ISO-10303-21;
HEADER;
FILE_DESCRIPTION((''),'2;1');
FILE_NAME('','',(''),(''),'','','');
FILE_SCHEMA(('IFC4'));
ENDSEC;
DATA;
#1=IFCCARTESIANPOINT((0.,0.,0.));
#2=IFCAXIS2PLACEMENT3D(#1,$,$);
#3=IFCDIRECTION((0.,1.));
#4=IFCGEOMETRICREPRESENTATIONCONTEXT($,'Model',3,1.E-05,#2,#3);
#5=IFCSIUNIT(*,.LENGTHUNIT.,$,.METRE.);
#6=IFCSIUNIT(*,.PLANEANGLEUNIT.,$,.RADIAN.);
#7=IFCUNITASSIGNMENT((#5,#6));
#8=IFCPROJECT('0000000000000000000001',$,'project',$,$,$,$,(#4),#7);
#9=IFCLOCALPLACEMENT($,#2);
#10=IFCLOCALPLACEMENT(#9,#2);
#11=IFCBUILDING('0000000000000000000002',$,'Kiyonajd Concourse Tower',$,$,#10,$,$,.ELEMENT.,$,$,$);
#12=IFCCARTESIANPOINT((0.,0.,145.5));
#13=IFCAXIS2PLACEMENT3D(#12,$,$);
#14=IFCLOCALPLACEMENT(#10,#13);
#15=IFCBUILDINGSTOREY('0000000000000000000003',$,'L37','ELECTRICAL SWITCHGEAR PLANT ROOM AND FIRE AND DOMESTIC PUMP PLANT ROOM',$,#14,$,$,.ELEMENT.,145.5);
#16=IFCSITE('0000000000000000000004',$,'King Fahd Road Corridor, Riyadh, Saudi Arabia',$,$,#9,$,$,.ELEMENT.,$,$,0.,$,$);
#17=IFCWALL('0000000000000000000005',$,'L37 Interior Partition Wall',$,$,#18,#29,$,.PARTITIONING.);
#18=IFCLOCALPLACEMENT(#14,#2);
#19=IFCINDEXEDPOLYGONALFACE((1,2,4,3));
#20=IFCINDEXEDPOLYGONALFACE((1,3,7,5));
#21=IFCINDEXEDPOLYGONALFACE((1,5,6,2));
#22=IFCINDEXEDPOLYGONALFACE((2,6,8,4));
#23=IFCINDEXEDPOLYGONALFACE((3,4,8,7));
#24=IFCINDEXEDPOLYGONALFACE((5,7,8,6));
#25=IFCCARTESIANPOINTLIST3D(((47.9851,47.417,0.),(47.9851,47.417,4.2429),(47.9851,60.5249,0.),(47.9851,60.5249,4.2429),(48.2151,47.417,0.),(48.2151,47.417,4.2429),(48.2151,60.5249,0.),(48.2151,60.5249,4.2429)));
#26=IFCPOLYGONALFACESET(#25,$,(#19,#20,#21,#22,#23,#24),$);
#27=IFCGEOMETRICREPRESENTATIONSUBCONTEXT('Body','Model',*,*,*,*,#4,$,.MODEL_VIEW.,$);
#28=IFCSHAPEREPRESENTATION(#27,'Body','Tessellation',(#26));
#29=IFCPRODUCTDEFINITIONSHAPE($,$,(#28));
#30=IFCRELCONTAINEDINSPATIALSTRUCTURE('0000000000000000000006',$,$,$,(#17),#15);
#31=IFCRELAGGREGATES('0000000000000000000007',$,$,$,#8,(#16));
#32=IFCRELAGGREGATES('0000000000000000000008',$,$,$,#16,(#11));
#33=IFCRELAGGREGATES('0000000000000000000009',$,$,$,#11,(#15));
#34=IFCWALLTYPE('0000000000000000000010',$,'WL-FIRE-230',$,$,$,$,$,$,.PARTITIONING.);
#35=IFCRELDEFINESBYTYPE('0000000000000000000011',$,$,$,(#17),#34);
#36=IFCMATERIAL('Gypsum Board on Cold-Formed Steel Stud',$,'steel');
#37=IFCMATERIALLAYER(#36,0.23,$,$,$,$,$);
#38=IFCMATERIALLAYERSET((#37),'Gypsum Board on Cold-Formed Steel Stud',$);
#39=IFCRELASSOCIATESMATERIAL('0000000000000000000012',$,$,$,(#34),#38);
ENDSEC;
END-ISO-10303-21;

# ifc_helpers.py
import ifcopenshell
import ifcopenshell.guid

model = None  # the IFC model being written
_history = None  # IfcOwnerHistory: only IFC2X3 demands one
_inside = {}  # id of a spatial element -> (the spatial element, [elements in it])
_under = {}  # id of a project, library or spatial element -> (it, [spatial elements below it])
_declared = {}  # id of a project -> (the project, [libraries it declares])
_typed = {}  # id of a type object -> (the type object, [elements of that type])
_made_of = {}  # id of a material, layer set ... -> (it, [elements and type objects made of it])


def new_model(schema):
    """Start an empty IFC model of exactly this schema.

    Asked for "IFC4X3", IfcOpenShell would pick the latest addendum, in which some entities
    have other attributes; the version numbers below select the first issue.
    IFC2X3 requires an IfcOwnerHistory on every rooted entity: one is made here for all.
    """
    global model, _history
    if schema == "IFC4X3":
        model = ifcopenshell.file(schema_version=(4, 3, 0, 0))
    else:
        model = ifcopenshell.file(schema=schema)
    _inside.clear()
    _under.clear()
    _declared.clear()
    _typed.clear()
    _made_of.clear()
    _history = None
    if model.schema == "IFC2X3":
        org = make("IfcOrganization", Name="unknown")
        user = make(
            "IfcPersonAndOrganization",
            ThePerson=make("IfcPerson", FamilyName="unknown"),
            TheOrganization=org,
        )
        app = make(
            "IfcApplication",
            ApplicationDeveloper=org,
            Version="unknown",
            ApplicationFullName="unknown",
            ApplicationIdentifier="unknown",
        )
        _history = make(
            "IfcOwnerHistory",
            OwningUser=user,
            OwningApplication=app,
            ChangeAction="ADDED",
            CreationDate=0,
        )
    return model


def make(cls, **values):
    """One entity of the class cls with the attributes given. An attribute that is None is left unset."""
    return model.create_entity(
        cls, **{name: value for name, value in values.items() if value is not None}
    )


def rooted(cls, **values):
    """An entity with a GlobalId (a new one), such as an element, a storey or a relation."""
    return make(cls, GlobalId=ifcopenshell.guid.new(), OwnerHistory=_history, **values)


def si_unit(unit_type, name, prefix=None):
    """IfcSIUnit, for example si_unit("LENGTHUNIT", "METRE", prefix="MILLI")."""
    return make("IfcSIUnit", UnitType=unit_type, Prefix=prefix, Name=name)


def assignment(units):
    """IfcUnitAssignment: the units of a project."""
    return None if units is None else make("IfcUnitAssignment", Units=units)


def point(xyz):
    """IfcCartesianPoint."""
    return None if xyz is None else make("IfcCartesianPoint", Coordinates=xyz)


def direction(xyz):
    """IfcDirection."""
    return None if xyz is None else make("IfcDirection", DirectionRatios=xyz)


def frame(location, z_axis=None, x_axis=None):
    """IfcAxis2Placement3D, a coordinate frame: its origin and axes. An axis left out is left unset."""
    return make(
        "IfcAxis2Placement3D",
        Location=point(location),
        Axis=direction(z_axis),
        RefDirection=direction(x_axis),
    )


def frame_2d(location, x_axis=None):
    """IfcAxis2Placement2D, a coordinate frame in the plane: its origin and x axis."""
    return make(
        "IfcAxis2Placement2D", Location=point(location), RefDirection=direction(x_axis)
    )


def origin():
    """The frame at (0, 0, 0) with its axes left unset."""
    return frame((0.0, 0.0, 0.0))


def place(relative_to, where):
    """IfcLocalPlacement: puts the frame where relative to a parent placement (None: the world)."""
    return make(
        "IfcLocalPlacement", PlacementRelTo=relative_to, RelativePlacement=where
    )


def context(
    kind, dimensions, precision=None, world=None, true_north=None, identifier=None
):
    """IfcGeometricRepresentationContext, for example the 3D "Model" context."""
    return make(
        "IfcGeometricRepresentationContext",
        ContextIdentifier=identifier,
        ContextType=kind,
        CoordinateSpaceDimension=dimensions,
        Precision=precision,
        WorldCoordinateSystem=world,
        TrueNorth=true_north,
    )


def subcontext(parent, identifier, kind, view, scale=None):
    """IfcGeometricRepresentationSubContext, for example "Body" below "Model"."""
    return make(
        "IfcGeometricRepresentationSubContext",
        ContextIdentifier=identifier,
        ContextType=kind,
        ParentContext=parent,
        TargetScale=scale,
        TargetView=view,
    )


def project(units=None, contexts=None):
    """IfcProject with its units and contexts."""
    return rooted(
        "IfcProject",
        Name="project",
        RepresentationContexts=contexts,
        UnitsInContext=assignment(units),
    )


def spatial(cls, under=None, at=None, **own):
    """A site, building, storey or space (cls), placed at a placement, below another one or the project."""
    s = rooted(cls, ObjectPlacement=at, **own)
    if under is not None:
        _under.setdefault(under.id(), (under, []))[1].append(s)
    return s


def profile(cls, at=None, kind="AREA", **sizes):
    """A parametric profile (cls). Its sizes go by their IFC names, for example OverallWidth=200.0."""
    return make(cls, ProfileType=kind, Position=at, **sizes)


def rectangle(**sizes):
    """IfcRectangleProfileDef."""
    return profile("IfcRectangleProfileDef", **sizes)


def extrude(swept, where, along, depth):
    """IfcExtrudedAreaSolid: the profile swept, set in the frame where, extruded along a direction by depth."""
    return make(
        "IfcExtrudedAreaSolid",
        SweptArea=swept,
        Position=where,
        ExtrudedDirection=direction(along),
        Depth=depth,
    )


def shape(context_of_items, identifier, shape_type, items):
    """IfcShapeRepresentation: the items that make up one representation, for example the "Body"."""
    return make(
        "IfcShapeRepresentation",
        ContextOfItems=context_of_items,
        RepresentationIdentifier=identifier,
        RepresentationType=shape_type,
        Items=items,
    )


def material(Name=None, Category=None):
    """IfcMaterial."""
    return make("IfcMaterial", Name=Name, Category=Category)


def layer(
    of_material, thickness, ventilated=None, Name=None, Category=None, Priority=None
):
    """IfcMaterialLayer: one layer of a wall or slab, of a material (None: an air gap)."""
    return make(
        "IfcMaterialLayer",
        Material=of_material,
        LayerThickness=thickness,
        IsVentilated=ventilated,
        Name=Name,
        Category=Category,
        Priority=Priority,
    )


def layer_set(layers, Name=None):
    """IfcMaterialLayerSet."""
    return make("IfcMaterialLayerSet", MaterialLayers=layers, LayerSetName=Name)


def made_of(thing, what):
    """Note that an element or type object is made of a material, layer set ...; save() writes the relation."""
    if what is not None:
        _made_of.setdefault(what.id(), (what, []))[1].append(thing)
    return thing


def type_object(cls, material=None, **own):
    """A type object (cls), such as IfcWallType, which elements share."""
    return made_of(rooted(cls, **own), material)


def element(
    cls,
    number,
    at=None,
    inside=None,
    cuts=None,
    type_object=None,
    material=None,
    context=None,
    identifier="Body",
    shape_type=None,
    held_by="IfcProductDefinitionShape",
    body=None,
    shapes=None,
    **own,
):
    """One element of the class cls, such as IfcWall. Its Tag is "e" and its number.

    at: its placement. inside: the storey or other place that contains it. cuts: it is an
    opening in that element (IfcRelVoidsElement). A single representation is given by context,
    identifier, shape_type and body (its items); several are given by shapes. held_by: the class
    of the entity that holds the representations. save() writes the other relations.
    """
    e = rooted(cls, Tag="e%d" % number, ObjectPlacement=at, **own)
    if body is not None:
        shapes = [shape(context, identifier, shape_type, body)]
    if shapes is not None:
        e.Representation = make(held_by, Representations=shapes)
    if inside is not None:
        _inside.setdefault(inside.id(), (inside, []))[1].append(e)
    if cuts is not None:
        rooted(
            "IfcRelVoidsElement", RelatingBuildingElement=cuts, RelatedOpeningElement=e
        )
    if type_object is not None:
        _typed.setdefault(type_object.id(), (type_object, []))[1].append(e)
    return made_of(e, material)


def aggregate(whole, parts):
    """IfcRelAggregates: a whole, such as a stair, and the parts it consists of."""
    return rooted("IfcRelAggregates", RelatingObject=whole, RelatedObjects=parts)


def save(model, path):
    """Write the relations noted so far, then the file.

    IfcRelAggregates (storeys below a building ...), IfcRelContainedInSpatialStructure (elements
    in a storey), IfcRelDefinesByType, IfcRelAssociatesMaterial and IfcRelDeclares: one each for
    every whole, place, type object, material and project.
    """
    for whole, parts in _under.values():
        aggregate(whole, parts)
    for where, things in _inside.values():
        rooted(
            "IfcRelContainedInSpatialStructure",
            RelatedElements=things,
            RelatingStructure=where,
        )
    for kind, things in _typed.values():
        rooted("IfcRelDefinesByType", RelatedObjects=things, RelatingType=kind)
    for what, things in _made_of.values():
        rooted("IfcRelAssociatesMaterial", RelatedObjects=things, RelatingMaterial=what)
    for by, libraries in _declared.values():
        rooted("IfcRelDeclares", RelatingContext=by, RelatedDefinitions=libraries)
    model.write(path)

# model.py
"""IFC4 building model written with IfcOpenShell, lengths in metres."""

from ifc_helpers import new_model, si_unit, direction, frame, frame_2d, origin, place, context, subcontext, project, spatial, rectangle, extrude, material, layer, layer_set, type_object, element, save


model = new_model("IFC4")

# Units and contexts
model_context = context("Model", 3, precision=1e-05, world=origin(), true_north=direction((0.0, 1.0)))
body_context = subcontext(model_context, "Body", "Model", "MODEL_VIEW")
ifc_project = project(units=[si_unit("LENGTHUNIT", "METRE"), si_unit("PLANEANGLEUNIT", "RADIAN")], contexts=[model_context])

# Site, building, storey
site_placement = place(None, origin())
site = spatial("IfcSite", under=ifc_project, at=site_placement, Name="King Fahd Road Corridor, Riyadh, Saudi Arabia", CompositionType="ELEMENT", RefElevation=0.0)
building_placement = place(site_placement, origin())
building = spatial("IfcBuilding", under=site, at=building_placement, Name="Kiyonajd Concourse Tower", CompositionType="ELEMENT")
storey_placement = place(building_placement, frame((0.0, 0.0, 145.5)))
storey = spatial("IfcBuildingStorey", under=building, at=storey_placement, Name="L37", Description="ELECTRICAL SWITCHGEAR PLANT ROOM AND FIRE AND DOMESTIC PUMP PLANT ROOM", CompositionType="ELEMENT", Elevation=145.5)

# Wall
ifc_material_1 = material(Name="Gypsum Board on Cold-Formed Steel Stud", Category="steel")
ifc_layer_1 = layer(ifc_material_1, 0.23)
ifc_layer_set_1 = layer_set([ifc_layer_1], Name="Gypsum Board on Cold-Formed Steel Stud")
wall_type_1 = type_object("IfcWallType", Name="WL-FIRE-230", PredefinedType="PARTITIONING", material=ifc_layer_set_1)
wall_1_placement = place(storey_placement, frame((48.1001, 47.417, 0.0), z_axis=(0.0, 0.0, 1.0), x_axis=(0.0, 1.0, 0.0)))
element("IfcWall", 1, at=wall_1_placement, inside=storey, type_object=wall_type_1, Name="L37 Interior Partition Wall", PredefinedType="PARTITIONING", context=body_context, shape_type="SweptSolid", body=[
    extrude(rectangle(XDim=13.1079, YDim=0.23, at=frame_2d((6.554, 0.0))), origin(), (0.0, 0.0, 1.0), 4.2429),
])

save(model, "model.ifc")
